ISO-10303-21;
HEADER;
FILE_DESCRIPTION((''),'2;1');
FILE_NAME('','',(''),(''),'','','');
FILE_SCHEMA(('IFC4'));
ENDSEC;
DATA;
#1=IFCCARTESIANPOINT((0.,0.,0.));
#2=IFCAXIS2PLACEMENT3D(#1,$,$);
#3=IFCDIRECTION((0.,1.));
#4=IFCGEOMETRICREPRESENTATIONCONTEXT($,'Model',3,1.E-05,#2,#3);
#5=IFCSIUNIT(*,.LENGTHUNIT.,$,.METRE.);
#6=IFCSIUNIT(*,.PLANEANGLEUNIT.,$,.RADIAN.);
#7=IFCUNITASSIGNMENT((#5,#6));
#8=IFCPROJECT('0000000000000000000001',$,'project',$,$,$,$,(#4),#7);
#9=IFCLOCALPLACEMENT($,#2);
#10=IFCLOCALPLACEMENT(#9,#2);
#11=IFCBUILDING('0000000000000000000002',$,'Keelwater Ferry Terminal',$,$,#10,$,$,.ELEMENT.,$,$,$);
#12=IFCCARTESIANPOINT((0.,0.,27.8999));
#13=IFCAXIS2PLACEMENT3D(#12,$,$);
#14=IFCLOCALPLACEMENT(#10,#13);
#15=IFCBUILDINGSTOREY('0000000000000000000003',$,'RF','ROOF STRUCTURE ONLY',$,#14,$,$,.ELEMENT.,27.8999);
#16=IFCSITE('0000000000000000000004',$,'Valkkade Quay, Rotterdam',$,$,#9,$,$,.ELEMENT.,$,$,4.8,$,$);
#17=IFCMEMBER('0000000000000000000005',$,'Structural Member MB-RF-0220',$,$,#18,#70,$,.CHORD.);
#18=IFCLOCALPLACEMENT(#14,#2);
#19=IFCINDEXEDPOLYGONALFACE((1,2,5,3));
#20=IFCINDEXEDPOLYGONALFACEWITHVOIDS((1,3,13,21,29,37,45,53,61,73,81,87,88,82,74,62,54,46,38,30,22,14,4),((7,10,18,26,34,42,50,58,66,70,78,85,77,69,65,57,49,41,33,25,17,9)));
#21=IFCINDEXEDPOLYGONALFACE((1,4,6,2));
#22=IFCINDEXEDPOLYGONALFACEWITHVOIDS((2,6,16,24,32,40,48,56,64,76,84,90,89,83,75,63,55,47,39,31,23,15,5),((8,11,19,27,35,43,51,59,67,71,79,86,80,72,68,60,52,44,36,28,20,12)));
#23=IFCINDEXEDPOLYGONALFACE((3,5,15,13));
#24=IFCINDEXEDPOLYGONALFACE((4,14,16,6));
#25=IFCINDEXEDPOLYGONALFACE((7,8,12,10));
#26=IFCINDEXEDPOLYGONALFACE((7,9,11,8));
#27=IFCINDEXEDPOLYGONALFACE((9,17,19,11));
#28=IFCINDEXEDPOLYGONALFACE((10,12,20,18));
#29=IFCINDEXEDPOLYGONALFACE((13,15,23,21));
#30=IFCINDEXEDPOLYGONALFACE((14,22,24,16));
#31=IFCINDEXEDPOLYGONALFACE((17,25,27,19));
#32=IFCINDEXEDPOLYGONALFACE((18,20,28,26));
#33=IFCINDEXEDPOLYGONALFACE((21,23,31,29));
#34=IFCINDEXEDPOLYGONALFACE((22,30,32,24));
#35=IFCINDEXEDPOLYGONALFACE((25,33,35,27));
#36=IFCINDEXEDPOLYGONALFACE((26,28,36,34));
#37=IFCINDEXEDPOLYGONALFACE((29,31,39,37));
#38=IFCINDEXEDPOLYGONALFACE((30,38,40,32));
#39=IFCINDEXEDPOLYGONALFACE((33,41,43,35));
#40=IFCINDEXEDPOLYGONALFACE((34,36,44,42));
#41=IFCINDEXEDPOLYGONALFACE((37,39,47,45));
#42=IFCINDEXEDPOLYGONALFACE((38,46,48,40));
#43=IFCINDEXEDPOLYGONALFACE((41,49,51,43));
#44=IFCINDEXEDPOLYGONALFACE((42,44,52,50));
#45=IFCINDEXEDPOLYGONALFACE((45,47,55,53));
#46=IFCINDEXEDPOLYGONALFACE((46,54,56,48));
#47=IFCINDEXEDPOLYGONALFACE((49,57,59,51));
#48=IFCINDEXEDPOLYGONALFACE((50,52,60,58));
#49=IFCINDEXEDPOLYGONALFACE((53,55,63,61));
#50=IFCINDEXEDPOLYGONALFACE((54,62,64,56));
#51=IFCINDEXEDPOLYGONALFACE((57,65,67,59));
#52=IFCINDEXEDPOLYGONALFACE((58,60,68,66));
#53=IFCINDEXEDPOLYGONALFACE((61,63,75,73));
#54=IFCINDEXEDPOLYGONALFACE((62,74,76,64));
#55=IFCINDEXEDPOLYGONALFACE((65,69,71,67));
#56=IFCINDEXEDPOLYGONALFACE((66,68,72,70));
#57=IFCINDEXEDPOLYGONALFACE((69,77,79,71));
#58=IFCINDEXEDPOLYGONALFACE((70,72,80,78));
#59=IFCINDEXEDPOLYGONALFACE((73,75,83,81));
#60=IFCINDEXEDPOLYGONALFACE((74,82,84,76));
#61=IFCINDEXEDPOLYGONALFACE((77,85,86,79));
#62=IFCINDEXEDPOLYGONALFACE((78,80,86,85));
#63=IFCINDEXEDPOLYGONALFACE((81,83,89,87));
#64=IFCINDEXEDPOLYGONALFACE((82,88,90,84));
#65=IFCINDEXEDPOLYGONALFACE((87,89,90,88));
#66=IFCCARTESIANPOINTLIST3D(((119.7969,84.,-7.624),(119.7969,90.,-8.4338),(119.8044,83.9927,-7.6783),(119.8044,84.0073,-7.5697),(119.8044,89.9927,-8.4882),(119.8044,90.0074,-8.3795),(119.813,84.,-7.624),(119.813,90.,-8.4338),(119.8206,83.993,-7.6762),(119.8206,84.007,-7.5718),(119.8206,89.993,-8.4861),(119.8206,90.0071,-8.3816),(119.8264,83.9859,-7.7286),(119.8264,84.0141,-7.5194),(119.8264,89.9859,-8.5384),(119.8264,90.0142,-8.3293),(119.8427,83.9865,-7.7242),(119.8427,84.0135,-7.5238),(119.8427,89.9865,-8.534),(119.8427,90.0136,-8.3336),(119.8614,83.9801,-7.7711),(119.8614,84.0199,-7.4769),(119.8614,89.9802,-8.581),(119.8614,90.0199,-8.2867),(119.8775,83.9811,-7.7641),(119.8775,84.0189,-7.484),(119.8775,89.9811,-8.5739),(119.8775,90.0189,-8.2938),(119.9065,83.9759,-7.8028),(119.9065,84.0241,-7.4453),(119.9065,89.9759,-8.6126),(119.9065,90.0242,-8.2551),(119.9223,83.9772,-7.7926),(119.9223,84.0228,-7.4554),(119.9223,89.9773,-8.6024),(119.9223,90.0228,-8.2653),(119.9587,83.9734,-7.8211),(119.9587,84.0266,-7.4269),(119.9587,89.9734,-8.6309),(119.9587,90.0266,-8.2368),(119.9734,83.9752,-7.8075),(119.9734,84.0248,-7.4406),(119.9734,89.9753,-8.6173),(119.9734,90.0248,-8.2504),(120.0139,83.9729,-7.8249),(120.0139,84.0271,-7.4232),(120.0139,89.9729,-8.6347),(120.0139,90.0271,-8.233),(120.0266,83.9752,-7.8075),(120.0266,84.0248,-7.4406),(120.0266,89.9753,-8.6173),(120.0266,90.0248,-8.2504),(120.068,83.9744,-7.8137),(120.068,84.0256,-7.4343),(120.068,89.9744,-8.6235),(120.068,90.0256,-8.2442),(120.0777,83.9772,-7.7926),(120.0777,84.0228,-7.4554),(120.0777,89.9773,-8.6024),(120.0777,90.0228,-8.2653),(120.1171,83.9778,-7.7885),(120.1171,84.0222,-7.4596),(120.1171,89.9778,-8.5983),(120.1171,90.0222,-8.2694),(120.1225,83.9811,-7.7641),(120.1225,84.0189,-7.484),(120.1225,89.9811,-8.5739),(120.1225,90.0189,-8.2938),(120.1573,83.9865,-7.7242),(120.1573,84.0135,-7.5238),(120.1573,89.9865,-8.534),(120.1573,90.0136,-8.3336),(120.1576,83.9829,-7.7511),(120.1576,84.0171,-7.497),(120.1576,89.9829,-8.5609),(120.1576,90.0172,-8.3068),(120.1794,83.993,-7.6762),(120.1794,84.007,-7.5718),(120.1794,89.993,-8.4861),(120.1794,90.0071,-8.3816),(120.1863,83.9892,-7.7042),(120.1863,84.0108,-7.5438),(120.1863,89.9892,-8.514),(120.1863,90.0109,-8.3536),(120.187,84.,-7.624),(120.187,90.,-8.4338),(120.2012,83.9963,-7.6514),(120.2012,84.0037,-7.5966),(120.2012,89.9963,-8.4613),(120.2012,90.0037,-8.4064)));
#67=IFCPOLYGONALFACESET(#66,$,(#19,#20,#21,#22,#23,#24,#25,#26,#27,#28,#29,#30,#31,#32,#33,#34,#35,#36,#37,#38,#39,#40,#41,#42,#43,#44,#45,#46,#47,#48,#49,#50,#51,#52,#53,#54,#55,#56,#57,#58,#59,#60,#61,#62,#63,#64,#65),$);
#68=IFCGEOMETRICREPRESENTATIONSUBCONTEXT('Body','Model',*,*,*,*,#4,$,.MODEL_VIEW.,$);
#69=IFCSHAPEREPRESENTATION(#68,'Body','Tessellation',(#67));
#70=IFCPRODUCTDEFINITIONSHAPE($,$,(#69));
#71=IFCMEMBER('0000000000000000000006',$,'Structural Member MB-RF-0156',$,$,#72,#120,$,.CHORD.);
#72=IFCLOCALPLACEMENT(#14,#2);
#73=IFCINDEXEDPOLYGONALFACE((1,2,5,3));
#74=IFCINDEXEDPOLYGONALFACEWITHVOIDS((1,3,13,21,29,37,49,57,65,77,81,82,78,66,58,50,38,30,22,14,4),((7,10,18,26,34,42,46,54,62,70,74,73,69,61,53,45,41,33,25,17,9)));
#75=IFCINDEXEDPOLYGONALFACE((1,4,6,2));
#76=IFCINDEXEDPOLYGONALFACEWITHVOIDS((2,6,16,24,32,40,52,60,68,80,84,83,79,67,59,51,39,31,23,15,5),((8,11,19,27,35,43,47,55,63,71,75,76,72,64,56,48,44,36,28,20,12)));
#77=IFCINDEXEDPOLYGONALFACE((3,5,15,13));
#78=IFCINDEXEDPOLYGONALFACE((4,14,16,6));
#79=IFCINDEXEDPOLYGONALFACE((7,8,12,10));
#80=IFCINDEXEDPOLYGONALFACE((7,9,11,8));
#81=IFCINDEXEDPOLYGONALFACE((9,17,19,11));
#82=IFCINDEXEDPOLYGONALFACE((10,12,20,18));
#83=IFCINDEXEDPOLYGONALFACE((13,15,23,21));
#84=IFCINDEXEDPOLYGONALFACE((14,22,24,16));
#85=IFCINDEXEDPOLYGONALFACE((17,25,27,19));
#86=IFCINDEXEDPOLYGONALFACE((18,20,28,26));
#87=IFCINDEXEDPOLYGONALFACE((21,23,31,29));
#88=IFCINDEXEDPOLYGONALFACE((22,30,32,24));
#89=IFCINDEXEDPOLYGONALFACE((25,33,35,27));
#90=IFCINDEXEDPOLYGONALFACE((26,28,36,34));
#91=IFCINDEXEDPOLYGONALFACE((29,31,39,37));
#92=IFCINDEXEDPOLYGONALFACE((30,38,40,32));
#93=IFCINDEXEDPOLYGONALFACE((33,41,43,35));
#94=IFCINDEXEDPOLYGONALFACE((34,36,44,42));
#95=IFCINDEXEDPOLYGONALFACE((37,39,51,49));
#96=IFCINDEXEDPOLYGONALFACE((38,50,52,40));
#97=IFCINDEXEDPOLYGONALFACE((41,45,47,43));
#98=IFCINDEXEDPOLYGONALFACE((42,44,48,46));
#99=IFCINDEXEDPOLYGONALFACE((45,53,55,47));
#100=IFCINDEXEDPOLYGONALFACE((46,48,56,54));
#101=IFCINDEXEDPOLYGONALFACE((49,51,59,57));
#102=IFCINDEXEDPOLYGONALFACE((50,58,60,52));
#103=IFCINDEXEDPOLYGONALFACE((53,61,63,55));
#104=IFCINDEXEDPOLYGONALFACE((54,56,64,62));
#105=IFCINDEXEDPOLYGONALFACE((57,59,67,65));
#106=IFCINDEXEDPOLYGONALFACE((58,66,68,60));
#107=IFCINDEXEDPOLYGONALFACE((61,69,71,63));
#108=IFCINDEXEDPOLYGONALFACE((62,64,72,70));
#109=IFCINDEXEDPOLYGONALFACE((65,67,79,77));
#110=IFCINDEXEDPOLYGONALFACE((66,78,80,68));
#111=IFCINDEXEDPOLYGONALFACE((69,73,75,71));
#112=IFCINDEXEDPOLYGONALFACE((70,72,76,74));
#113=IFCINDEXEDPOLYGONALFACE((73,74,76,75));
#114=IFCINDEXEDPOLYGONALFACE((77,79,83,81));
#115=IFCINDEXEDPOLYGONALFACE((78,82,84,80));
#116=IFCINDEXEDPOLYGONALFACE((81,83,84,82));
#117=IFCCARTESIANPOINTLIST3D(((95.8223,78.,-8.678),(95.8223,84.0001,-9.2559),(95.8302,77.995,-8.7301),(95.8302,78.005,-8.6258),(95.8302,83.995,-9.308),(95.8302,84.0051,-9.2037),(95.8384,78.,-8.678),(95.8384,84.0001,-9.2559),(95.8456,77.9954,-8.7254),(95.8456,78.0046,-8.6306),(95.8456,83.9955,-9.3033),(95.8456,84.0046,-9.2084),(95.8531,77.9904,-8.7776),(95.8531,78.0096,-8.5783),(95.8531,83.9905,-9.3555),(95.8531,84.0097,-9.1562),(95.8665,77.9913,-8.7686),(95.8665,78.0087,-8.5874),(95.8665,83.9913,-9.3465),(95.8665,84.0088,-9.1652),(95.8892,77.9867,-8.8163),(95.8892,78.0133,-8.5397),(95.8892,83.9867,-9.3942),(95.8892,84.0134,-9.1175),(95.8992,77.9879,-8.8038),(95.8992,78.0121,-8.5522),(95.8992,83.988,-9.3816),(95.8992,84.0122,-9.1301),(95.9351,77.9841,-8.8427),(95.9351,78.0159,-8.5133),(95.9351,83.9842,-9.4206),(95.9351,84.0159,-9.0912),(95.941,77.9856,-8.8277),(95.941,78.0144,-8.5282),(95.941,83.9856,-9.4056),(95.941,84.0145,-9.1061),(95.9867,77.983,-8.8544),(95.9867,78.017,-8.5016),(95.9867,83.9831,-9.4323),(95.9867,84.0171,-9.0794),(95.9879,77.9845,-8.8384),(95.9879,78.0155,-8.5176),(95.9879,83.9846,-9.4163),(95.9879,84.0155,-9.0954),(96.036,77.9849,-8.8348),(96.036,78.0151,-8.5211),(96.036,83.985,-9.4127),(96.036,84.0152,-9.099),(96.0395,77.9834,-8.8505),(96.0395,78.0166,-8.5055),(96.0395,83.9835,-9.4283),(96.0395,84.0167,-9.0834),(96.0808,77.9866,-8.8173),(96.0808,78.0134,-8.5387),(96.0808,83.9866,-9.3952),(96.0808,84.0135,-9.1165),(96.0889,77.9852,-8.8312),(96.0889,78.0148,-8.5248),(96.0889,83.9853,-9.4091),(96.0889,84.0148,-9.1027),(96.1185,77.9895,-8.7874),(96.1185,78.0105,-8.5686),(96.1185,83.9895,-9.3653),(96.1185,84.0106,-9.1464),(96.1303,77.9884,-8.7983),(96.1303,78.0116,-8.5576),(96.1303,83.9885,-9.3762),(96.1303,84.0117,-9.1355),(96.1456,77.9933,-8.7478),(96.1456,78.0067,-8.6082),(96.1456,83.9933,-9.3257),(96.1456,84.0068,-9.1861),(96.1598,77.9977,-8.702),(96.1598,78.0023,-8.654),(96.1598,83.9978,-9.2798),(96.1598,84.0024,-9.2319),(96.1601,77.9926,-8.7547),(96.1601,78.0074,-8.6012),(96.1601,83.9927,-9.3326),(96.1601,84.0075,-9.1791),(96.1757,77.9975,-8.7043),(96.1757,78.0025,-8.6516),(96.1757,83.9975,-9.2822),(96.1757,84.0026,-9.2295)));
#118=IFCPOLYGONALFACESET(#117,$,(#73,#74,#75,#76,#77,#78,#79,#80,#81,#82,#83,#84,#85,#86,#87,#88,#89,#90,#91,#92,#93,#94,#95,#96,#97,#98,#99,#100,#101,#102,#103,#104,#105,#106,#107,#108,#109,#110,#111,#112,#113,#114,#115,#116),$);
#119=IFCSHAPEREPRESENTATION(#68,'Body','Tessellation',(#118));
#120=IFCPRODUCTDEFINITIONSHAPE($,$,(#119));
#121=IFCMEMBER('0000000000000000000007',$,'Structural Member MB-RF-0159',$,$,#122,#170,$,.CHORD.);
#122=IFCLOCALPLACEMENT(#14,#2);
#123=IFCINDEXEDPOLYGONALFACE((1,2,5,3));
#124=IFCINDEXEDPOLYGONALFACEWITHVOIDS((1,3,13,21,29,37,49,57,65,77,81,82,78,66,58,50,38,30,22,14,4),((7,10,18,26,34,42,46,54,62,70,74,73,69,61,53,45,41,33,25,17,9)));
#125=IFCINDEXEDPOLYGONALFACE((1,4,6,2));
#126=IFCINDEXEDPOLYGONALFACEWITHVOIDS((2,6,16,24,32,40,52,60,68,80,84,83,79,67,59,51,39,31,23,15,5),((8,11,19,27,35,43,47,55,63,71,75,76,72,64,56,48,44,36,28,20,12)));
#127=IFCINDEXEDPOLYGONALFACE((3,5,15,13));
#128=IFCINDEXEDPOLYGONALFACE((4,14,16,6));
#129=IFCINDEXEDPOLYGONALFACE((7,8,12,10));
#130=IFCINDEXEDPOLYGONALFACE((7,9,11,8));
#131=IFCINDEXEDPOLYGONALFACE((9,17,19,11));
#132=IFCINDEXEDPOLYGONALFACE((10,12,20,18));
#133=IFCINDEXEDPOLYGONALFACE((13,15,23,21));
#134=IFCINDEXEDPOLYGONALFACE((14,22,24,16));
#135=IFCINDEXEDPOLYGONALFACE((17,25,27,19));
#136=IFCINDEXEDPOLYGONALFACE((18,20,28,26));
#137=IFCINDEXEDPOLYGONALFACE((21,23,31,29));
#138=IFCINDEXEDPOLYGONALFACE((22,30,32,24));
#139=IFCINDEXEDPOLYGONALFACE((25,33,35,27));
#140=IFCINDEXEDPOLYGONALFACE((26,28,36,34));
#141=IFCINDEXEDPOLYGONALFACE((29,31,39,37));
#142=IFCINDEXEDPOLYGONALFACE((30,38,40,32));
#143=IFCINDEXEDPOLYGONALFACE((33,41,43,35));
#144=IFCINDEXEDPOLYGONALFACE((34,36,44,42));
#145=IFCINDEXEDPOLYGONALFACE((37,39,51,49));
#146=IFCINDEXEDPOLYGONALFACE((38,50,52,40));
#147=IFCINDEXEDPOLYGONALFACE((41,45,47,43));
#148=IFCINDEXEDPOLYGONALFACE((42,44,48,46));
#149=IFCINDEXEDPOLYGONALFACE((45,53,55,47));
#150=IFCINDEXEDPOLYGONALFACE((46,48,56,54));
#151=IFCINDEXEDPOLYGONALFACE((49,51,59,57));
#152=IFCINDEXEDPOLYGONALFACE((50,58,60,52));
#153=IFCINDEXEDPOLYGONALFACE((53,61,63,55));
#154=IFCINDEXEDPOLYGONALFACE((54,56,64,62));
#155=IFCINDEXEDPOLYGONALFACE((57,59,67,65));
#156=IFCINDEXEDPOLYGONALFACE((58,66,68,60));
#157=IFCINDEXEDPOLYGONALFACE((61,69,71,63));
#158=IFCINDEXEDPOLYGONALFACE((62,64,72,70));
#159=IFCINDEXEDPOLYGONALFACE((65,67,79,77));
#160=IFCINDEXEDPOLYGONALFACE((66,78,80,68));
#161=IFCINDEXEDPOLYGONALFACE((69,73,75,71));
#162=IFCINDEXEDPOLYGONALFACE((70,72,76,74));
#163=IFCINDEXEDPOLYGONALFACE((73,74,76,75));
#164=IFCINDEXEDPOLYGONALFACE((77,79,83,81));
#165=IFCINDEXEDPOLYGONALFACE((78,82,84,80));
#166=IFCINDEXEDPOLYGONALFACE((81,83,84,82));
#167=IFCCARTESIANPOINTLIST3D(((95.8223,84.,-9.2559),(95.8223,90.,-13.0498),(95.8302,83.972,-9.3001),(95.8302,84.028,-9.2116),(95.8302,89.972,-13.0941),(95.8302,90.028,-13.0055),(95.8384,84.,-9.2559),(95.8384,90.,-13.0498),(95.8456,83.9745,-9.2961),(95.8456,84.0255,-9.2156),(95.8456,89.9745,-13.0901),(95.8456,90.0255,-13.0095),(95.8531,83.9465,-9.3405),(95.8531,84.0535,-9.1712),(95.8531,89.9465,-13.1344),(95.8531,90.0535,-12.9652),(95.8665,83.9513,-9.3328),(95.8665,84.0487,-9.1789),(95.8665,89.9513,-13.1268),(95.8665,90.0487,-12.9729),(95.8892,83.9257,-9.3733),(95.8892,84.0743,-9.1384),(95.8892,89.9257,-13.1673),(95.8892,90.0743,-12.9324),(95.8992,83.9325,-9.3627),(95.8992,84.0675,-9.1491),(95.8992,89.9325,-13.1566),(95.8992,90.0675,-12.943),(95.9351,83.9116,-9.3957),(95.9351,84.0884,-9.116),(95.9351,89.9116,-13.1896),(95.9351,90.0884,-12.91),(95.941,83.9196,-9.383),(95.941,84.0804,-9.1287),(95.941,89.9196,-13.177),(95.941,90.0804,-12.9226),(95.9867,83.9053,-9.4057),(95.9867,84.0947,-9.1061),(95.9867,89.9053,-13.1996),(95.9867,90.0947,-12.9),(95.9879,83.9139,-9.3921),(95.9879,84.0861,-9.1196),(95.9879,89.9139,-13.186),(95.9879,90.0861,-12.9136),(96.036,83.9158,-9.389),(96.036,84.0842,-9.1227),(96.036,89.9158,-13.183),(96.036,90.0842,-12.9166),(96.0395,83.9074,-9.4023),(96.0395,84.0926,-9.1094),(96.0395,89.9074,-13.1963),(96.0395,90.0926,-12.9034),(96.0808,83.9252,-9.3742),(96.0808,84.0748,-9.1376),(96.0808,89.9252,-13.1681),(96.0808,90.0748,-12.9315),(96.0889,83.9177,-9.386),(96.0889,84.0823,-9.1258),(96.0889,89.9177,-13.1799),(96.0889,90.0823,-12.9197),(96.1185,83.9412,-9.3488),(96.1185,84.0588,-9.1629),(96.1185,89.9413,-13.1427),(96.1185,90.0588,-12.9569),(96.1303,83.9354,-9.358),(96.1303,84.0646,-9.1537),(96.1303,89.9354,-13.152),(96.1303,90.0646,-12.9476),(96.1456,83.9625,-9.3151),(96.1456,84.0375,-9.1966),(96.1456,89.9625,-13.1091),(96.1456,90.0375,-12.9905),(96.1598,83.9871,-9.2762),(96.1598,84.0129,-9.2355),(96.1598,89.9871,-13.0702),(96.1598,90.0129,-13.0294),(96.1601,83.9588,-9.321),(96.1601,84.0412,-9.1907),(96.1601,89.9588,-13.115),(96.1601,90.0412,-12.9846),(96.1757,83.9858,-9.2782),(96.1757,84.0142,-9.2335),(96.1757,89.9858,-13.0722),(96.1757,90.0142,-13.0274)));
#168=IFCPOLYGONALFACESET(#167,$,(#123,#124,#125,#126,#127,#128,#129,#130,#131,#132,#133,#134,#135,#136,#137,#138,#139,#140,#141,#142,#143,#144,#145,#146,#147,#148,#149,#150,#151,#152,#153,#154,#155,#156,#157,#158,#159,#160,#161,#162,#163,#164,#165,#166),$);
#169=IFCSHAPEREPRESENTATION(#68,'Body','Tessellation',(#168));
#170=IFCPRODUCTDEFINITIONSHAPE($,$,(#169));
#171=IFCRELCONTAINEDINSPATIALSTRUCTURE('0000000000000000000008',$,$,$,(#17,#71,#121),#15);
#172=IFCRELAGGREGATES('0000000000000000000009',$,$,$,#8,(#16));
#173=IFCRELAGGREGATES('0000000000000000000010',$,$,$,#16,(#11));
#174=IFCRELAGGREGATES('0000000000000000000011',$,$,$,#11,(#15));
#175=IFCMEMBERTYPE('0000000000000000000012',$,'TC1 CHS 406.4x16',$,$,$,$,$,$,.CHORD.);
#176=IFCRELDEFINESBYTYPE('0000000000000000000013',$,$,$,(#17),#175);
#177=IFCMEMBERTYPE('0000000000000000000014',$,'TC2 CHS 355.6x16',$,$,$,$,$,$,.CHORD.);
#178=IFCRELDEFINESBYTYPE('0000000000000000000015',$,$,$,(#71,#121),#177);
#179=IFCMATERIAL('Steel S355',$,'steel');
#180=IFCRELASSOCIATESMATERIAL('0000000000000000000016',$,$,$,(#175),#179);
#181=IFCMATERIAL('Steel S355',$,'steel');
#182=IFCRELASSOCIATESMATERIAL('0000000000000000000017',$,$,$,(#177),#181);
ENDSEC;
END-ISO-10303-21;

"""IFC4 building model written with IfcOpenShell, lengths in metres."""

from ifc_helpers import new_model, si_unit, direction, frame, origin, origin_2d, place, context, subcontext, project, spatial, hollow_circle, extrude, material, material_profile, profile_set, type_object, element, save


model = new_model("IFC4")

# Units and contexts
model_context = context("Model", 3, precision=1e-05, world=origin(), true_north=direction((0.0, 1.0)))
body_context = subcontext(model_context, "Body", "Model", "MODEL_VIEW")
ifc_project = project(units=[si_unit("LENGTHUNIT", "METRE"), si_unit("PLANEANGLEUNIT", "RADIAN")], contexts=[model_context])

# Site, building, storey
site_placement = place(None, origin())
site = spatial("IfcSite", under=ifc_project, at=site_placement, Name="Valkkade Quay, Rotterdam", CompositionType="ELEMENT", RefElevation=4.8)
building_placement = place(site_placement, origin())
building = spatial("IfcBuilding", under=site, at=building_placement, Name="Keelwater Ferry Terminal", CompositionType="ELEMENT")
storey_placement = place(building_placement, frame((0.0, 0.0, 27.8999)))
storey = spatial("IfcBuildingStorey", under=building, at=storey_placement, Name="RF", Description="ROOF STRUCTURE ONLY", CompositionType="ELEMENT", Elevation=27.8999)

# Members
ifc_material_1 = material(Name="Steel S355", Category="steel")
ifc_material_profile_1 = material_profile(ifc_material_1, hollow_circle(Radius=0.2031, WallThickness=0.0161, at=origin_2d()), Name="CHS 406.4x16")
ifc_profile_set_1 = profile_set([ifc_material_profile_1], Name="Steel S355")
member_type_1 = type_object("IfcMemberType", Name="TC1 CHS 406.4x16", PredefinedType="CHORD", material=ifc_profile_set_1)
member_1_placement = place(storey_placement, frame((120.0, 84.0, -7.624), z_axis=(0.0, 0.991014, -0.133756), x_axis=(-1.0, 0.0, 0.0)))
element("IfcMember", 1, at=member_1_placement, inside=storey, type_object=member_type_1, Name="Structural Member MB-RF-0220", PredefinedType="CHORD", context=body_context, shape_type="SweptSolid", body=[
    extrude(hollow_circle(Radius=0.2031, WallThickness=0.0161, at=origin_2d()), origin(), (0.0, 0.0, 1.0), 6.0544),
])
ifc_material_2 = material(Name="Steel S355", Category="steel")
ifc_material_profile_2 = material_profile(ifc_material_2, hollow_circle(Radius=0.1777, WallThickness=0.0161, at=origin_2d()), Name="CHS 355.6x16")
ifc_profile_set_2 = profile_set([ifc_material_profile_2], Name="Steel S355")
member_type_2 = type_object("IfcMemberType", Name="TC2 CHS 355.6x16", PredefinedType="CHORD", material=ifc_profile_set_2)
member_2_placement = place(storey_placement, frame((96.0, 78.0, -8.678), z_axis=(0.0, 0.995394, -0.09587), x_axis=(-1.0, 0.0, 0.0)))
element("IfcMember", 2, at=member_2_placement, inside=storey, type_object=member_type_2, Name="Structural Member MB-RF-0156", PredefinedType="CHORD", context=body_context, shape_type="SweptSolid", body=[
    extrude(hollow_circle(Radius=0.1777, WallThickness=0.0161, at=origin_2d()), origin(), (0.0, 0.0, 1.0), 6.0278),
])
member_3_placement = place(storey_placement, frame((96.0, 84.0, -9.2559), z_axis=(0.0, 0.845204, -0.534443), x_axis=(-1.0, 0.0, 0.0)))
element("IfcMember", 3, at=member_3_placement, inside=storey, type_object=member_type_2, Name="Structural Member MB-RF-0159", PredefinedType="CHORD", context=body_context, shape_type="SweptSolid", body=[
    extrude(hollow_circle(Radius=0.1777, WallThickness=0.0161, at=origin_2d()), origin(), (0.0, 0.0, 1.0), 7.0989),
])

save(model, "model.ifc")
